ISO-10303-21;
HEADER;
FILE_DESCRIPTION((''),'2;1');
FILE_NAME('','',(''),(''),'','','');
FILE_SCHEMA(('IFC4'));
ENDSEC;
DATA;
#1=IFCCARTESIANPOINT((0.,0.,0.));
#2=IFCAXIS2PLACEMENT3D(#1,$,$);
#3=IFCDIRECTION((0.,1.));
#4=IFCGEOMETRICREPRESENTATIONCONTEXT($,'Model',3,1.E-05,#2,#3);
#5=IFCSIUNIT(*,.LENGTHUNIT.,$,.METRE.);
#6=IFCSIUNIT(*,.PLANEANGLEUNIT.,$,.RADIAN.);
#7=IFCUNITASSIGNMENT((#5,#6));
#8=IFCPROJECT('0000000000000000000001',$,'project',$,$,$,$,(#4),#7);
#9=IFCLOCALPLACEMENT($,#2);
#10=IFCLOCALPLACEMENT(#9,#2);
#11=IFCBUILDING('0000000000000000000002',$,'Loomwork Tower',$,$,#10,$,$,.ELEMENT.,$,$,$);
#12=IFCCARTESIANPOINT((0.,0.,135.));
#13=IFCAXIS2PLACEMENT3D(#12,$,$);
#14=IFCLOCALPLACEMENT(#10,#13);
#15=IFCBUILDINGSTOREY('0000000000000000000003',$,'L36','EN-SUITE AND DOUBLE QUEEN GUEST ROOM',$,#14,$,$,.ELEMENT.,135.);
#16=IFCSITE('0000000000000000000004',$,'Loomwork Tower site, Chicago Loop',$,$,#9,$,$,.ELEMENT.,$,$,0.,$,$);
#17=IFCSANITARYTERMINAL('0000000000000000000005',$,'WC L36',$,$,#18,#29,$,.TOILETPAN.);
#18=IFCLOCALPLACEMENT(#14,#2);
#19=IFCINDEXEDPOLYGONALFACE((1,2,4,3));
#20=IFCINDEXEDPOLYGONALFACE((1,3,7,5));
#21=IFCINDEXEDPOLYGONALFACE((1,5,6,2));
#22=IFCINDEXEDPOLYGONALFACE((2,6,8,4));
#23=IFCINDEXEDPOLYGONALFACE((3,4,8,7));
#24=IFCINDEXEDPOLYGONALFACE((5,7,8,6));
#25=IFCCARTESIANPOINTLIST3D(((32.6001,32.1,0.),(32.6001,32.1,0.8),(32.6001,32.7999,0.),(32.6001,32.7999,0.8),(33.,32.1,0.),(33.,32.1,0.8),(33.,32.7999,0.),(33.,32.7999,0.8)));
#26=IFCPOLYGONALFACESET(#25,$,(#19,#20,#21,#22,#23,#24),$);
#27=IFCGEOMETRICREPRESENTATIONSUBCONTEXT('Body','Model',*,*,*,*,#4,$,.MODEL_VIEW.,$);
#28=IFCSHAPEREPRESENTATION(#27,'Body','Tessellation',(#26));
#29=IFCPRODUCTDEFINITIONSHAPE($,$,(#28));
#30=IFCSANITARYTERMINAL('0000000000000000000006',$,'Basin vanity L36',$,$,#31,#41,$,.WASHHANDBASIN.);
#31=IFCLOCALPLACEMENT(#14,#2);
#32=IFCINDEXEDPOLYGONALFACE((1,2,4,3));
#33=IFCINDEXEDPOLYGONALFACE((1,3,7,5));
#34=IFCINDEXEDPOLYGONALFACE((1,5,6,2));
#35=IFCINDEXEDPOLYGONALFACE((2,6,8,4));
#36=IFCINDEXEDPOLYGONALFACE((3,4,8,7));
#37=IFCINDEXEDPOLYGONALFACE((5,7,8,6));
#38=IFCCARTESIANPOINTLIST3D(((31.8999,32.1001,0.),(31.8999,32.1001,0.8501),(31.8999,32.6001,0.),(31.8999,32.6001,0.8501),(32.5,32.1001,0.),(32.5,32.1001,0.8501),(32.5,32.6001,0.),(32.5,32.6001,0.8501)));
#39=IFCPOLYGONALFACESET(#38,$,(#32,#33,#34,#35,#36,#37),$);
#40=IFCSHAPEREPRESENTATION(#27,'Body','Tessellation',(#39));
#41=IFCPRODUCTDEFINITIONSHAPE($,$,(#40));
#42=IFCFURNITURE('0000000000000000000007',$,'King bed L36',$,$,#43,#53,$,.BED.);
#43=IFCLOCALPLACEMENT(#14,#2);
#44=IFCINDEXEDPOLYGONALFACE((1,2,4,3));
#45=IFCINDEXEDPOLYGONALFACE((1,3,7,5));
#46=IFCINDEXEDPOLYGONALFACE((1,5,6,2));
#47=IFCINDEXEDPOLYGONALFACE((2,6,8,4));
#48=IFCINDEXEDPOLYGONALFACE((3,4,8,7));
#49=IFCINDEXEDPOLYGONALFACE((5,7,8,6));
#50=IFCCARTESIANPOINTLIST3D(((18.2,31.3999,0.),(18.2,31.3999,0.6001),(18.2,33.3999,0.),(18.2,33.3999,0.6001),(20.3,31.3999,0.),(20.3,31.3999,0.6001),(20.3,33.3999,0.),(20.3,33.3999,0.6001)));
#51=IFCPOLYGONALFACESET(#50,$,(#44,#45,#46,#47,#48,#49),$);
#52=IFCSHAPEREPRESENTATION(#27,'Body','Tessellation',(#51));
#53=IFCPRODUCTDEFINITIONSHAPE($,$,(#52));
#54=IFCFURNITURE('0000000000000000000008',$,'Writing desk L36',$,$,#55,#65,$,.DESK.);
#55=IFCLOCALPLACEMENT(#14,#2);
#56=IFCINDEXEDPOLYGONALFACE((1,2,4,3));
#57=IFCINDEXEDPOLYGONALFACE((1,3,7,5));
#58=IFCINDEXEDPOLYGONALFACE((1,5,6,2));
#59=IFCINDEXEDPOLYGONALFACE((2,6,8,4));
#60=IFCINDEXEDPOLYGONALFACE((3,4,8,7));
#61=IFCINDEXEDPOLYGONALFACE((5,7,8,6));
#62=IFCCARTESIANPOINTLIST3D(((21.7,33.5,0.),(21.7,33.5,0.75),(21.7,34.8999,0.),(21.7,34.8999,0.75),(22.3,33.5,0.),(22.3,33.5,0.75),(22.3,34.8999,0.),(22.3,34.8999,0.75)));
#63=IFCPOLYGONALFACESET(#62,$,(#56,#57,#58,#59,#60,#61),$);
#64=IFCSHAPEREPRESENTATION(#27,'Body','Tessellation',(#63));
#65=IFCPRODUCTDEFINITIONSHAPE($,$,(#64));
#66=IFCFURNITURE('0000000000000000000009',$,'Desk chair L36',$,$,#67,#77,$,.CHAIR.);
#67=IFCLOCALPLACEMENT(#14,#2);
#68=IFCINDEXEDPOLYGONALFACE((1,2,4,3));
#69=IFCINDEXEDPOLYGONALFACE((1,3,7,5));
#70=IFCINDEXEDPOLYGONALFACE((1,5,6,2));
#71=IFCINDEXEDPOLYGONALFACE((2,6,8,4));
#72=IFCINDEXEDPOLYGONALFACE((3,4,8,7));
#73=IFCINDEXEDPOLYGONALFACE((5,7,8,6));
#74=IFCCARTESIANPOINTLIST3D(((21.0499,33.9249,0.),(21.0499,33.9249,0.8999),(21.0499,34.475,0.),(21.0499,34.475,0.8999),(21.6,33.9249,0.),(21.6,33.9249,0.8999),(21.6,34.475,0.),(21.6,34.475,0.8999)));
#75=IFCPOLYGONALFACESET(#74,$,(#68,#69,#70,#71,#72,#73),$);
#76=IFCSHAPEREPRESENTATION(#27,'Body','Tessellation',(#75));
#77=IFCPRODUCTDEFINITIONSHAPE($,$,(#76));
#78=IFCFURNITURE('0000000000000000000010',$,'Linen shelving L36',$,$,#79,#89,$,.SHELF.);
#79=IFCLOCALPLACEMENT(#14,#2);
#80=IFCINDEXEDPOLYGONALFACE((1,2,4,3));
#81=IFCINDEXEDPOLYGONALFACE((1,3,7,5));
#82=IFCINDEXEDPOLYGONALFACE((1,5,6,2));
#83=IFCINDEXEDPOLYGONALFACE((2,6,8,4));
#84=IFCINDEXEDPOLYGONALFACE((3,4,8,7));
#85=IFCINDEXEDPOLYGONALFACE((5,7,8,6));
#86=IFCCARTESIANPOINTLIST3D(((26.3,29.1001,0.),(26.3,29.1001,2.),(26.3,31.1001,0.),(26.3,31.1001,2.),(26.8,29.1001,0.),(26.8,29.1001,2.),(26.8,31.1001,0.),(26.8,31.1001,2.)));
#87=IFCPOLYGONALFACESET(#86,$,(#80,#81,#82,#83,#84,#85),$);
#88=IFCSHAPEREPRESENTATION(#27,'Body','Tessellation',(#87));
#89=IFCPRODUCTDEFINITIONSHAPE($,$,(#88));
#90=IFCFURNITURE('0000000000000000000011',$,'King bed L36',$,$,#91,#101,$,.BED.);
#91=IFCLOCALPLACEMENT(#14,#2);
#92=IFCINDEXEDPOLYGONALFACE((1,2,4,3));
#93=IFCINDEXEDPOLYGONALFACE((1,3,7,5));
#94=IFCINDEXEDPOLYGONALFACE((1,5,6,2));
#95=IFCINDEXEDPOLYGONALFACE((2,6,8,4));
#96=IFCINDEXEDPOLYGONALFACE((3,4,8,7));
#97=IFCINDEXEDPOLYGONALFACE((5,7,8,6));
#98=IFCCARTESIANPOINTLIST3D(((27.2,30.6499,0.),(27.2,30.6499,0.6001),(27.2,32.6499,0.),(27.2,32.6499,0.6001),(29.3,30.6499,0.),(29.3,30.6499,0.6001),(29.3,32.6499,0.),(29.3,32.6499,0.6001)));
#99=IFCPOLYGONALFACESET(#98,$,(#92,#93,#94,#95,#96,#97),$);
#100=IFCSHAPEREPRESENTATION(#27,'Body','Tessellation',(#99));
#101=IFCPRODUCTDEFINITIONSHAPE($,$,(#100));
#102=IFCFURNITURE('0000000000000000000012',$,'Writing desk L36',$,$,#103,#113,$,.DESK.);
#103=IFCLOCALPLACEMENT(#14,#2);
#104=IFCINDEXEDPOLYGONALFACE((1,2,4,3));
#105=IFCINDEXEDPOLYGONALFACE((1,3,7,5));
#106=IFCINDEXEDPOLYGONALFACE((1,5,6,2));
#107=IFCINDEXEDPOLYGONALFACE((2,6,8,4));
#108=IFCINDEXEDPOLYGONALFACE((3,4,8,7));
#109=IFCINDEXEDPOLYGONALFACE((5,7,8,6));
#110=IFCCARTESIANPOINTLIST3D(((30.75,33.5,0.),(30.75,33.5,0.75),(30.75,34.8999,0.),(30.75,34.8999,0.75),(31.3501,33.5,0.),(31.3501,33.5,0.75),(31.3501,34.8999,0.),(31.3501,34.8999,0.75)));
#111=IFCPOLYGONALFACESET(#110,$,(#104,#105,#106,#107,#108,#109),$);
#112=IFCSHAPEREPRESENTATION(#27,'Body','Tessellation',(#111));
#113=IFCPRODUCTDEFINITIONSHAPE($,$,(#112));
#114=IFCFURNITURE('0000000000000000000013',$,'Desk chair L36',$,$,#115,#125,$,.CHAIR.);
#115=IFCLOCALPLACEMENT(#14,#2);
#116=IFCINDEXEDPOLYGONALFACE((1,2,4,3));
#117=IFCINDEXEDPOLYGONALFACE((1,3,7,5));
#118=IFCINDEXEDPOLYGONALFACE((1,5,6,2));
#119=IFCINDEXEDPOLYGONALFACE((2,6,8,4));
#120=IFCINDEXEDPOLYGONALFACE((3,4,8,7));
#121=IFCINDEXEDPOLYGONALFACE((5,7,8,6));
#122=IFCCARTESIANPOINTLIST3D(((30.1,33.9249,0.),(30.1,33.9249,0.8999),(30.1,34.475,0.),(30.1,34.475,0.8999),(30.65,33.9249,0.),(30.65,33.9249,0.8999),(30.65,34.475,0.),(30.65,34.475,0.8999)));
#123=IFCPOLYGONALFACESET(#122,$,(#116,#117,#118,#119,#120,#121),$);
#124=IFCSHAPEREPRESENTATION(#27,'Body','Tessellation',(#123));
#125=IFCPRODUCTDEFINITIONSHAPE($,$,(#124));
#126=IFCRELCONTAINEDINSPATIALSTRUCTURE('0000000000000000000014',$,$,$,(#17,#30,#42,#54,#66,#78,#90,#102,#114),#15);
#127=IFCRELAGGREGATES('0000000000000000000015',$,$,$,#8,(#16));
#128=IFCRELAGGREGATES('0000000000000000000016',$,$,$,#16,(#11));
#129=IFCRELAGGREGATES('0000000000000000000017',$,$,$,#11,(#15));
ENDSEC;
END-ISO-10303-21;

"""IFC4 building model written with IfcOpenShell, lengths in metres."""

from ifc_helpers import new_model, si_unit, direction, frame, origin, origin_2d, place, context, subcontext, project, spatial, rectangle, extrude, element, save


model = new_model("IFC4")

# Units and contexts
model_context = context("Model", 3, precision=1e-05, world=origin(), true_north=direction((0.0, 1.0)))
body_context = subcontext(model_context, "Body", "Model", "MODEL_VIEW")
ifc_project = project(units=[si_unit("LENGTHUNIT", "METRE"), si_unit("PLANEANGLEUNIT", "RADIAN")], contexts=[model_context])

# Site, building, storey
site_placement = place(None, origin())
site = spatial("IfcSite", under=ifc_project, at=site_placement, Name="Loomwork Tower site, Chicago Loop", CompositionType="ELEMENT", RefElevation=0.0)
building_placement = place(site_placement, origin())
building = spatial("IfcBuilding", under=site, at=building_placement, Name="Loomwork Tower", CompositionType="ELEMENT")
storey_placement = place(building_placement, frame((0.0, 0.0, 135.0)))
storey = spatial("IfcBuildingStorey", under=building, at=storey_placement, Name="L36", Description="EN-SUITE AND DOUBLE QUEEN GUEST ROOM", CompositionType="ELEMENT", Elevation=135.0)

# Sanitary terminals
sanitary_terminal_1_placement = place(storey_placement, frame((32.8, 32.45, 0.0), z_axis=(0.0, 0.0, 1.0), x_axis=(1.0, 0.0, 0.0)))
element("IfcSanitaryTerminal", 1, at=sanitary_terminal_1_placement, inside=storey, Name="WC L36", PredefinedType="TOILETPAN", context=body_context, shape_type="SweptSolid", body=[
    extrude(rectangle(XDim=0.3999, YDim=0.7, at=origin_2d()), origin(), (0.0, 0.0, 1.0), 0.8),
])
sanitary_terminal_2_placement = place(storey_placement, frame((32.2, 32.3501, 0.0), z_axis=(0.0, 0.0, 1.0), x_axis=(1.0, 0.0, 0.0)))
element("IfcSanitaryTerminal", 2, at=sanitary_terminal_2_placement, inside=storey, Name="Basin vanity L36", PredefinedType="WASHHANDBASIN", context=body_context, shape_type="SweptSolid", body=[
    extrude(rectangle(XDim=0.6001, YDim=0.5, at=origin_2d()), origin(), (0.0, 0.0, 1.0), 0.8501),
])

# Furniture
furniture_1_placement = place(storey_placement, frame((19.25, 32.3999, 0.0), z_axis=(0.0, 0.0, 1.0), x_axis=(1.0, 0.0, 0.0)))
element("IfcFurniture", 3, at=furniture_1_placement, inside=storey, Name="King bed L36", PredefinedType="BED", context=body_context, shape_type="SweptSolid", body=[
    extrude(rectangle(XDim=2.1001, YDim=2.0, at=origin_2d()), origin(), (0.0, 0.0, 1.0), 0.6001),
])
furniture_2_placement = place(storey_placement, frame((22.0, 34.2, 0.0), z_axis=(0.0, 0.0, 1.0), x_axis=(1.0, 0.0, 0.0)))
element("IfcFurniture", 4, at=furniture_2_placement, inside=storey, Name="Writing desk L36", PredefinedType="DESK", context=body_context, shape_type="SweptSolid", body=[
    extrude(rectangle(XDim=0.6001, YDim=1.3999, at=origin_2d()), origin(), (0.0, 0.0, 1.0), 0.75),
])
furniture_3_placement = place(storey_placement, frame((21.325, 34.2, 0.0), z_axis=(0.0, 0.0, 1.0), x_axis=(1.0, 0.0, 0.0)))
element("IfcFurniture", 5, at=furniture_3_placement, inside=storey, Name="Desk chair L36", PredefinedType="CHAIR", context=body_context, shape_type="SweptSolid", body=[
    extrude(rectangle(XDim=0.55, YDim=0.55, at=origin_2d()), origin(), (0.0, 0.0, 1.0), 0.8999),
])
furniture_4_placement = place(storey_placement, frame((26.55, 30.1001, 0.0), z_axis=(0.0, 0.0, 1.0), x_axis=(1.0, 0.0, 0.0)))
element("IfcFurniture", 6, at=furniture_4_placement, inside=storey, Name="Linen shelving L36", PredefinedType="SHELF", context=body_context, shape_type="SweptSolid", body=[
    extrude(rectangle(XDim=0.5, YDim=2.0, at=origin_2d()), origin(), (0.0, 0.0, 1.0), 2.0),
])
furniture_5_placement = place(storey_placement, frame((28.25, 31.6499, 0.0), z_axis=(0.0, 0.0, 1.0), x_axis=(1.0, 0.0, 0.0)))
element("IfcFurniture", 7, at=furniture_5_placement, inside=storey, Name="King bed L36", PredefinedType="BED", context=body_context, shape_type="SweptSolid", body=[
    extrude(rectangle(XDim=2.1001, YDim=2.0, at=origin_2d()), origin(), (0.0, 0.0, 1.0), 0.6001),
])
furniture_6_placement = place(storey_placement, frame((31.05, 34.2, 0.0), z_axis=(0.0, 0.0, 1.0), x_axis=(1.0, 0.0, 0.0)))
element("IfcFurniture", 8, at=furniture_6_placement, inside=storey, Name="Writing desk L36", PredefinedType="DESK", context=body_context, shape_type="SweptSolid", body=[
    extrude(rectangle(XDim=0.6001, YDim=1.3999, at=origin_2d()), origin(), (0.0, 0.0, 1.0), 0.75),
])
furniture_7_placement = place(storey_placement, frame((30.375, 34.2, 0.0), z_axis=(0.0, 0.0, 1.0), x_axis=(1.0, 0.0, 0.0)))
element("IfcFurniture", 9, at=furniture_7_placement, inside=storey, Name="Desk chair L36", PredefinedType="CHAIR", context=body_context, shape_type="SweptSolid", body=[
    extrude(rectangle(XDim=0.55, YDim=0.55, at=origin_2d()), origin(), (0.0, 0.0, 1.0), 0.8999),
])

save(model, "model.ifc")
